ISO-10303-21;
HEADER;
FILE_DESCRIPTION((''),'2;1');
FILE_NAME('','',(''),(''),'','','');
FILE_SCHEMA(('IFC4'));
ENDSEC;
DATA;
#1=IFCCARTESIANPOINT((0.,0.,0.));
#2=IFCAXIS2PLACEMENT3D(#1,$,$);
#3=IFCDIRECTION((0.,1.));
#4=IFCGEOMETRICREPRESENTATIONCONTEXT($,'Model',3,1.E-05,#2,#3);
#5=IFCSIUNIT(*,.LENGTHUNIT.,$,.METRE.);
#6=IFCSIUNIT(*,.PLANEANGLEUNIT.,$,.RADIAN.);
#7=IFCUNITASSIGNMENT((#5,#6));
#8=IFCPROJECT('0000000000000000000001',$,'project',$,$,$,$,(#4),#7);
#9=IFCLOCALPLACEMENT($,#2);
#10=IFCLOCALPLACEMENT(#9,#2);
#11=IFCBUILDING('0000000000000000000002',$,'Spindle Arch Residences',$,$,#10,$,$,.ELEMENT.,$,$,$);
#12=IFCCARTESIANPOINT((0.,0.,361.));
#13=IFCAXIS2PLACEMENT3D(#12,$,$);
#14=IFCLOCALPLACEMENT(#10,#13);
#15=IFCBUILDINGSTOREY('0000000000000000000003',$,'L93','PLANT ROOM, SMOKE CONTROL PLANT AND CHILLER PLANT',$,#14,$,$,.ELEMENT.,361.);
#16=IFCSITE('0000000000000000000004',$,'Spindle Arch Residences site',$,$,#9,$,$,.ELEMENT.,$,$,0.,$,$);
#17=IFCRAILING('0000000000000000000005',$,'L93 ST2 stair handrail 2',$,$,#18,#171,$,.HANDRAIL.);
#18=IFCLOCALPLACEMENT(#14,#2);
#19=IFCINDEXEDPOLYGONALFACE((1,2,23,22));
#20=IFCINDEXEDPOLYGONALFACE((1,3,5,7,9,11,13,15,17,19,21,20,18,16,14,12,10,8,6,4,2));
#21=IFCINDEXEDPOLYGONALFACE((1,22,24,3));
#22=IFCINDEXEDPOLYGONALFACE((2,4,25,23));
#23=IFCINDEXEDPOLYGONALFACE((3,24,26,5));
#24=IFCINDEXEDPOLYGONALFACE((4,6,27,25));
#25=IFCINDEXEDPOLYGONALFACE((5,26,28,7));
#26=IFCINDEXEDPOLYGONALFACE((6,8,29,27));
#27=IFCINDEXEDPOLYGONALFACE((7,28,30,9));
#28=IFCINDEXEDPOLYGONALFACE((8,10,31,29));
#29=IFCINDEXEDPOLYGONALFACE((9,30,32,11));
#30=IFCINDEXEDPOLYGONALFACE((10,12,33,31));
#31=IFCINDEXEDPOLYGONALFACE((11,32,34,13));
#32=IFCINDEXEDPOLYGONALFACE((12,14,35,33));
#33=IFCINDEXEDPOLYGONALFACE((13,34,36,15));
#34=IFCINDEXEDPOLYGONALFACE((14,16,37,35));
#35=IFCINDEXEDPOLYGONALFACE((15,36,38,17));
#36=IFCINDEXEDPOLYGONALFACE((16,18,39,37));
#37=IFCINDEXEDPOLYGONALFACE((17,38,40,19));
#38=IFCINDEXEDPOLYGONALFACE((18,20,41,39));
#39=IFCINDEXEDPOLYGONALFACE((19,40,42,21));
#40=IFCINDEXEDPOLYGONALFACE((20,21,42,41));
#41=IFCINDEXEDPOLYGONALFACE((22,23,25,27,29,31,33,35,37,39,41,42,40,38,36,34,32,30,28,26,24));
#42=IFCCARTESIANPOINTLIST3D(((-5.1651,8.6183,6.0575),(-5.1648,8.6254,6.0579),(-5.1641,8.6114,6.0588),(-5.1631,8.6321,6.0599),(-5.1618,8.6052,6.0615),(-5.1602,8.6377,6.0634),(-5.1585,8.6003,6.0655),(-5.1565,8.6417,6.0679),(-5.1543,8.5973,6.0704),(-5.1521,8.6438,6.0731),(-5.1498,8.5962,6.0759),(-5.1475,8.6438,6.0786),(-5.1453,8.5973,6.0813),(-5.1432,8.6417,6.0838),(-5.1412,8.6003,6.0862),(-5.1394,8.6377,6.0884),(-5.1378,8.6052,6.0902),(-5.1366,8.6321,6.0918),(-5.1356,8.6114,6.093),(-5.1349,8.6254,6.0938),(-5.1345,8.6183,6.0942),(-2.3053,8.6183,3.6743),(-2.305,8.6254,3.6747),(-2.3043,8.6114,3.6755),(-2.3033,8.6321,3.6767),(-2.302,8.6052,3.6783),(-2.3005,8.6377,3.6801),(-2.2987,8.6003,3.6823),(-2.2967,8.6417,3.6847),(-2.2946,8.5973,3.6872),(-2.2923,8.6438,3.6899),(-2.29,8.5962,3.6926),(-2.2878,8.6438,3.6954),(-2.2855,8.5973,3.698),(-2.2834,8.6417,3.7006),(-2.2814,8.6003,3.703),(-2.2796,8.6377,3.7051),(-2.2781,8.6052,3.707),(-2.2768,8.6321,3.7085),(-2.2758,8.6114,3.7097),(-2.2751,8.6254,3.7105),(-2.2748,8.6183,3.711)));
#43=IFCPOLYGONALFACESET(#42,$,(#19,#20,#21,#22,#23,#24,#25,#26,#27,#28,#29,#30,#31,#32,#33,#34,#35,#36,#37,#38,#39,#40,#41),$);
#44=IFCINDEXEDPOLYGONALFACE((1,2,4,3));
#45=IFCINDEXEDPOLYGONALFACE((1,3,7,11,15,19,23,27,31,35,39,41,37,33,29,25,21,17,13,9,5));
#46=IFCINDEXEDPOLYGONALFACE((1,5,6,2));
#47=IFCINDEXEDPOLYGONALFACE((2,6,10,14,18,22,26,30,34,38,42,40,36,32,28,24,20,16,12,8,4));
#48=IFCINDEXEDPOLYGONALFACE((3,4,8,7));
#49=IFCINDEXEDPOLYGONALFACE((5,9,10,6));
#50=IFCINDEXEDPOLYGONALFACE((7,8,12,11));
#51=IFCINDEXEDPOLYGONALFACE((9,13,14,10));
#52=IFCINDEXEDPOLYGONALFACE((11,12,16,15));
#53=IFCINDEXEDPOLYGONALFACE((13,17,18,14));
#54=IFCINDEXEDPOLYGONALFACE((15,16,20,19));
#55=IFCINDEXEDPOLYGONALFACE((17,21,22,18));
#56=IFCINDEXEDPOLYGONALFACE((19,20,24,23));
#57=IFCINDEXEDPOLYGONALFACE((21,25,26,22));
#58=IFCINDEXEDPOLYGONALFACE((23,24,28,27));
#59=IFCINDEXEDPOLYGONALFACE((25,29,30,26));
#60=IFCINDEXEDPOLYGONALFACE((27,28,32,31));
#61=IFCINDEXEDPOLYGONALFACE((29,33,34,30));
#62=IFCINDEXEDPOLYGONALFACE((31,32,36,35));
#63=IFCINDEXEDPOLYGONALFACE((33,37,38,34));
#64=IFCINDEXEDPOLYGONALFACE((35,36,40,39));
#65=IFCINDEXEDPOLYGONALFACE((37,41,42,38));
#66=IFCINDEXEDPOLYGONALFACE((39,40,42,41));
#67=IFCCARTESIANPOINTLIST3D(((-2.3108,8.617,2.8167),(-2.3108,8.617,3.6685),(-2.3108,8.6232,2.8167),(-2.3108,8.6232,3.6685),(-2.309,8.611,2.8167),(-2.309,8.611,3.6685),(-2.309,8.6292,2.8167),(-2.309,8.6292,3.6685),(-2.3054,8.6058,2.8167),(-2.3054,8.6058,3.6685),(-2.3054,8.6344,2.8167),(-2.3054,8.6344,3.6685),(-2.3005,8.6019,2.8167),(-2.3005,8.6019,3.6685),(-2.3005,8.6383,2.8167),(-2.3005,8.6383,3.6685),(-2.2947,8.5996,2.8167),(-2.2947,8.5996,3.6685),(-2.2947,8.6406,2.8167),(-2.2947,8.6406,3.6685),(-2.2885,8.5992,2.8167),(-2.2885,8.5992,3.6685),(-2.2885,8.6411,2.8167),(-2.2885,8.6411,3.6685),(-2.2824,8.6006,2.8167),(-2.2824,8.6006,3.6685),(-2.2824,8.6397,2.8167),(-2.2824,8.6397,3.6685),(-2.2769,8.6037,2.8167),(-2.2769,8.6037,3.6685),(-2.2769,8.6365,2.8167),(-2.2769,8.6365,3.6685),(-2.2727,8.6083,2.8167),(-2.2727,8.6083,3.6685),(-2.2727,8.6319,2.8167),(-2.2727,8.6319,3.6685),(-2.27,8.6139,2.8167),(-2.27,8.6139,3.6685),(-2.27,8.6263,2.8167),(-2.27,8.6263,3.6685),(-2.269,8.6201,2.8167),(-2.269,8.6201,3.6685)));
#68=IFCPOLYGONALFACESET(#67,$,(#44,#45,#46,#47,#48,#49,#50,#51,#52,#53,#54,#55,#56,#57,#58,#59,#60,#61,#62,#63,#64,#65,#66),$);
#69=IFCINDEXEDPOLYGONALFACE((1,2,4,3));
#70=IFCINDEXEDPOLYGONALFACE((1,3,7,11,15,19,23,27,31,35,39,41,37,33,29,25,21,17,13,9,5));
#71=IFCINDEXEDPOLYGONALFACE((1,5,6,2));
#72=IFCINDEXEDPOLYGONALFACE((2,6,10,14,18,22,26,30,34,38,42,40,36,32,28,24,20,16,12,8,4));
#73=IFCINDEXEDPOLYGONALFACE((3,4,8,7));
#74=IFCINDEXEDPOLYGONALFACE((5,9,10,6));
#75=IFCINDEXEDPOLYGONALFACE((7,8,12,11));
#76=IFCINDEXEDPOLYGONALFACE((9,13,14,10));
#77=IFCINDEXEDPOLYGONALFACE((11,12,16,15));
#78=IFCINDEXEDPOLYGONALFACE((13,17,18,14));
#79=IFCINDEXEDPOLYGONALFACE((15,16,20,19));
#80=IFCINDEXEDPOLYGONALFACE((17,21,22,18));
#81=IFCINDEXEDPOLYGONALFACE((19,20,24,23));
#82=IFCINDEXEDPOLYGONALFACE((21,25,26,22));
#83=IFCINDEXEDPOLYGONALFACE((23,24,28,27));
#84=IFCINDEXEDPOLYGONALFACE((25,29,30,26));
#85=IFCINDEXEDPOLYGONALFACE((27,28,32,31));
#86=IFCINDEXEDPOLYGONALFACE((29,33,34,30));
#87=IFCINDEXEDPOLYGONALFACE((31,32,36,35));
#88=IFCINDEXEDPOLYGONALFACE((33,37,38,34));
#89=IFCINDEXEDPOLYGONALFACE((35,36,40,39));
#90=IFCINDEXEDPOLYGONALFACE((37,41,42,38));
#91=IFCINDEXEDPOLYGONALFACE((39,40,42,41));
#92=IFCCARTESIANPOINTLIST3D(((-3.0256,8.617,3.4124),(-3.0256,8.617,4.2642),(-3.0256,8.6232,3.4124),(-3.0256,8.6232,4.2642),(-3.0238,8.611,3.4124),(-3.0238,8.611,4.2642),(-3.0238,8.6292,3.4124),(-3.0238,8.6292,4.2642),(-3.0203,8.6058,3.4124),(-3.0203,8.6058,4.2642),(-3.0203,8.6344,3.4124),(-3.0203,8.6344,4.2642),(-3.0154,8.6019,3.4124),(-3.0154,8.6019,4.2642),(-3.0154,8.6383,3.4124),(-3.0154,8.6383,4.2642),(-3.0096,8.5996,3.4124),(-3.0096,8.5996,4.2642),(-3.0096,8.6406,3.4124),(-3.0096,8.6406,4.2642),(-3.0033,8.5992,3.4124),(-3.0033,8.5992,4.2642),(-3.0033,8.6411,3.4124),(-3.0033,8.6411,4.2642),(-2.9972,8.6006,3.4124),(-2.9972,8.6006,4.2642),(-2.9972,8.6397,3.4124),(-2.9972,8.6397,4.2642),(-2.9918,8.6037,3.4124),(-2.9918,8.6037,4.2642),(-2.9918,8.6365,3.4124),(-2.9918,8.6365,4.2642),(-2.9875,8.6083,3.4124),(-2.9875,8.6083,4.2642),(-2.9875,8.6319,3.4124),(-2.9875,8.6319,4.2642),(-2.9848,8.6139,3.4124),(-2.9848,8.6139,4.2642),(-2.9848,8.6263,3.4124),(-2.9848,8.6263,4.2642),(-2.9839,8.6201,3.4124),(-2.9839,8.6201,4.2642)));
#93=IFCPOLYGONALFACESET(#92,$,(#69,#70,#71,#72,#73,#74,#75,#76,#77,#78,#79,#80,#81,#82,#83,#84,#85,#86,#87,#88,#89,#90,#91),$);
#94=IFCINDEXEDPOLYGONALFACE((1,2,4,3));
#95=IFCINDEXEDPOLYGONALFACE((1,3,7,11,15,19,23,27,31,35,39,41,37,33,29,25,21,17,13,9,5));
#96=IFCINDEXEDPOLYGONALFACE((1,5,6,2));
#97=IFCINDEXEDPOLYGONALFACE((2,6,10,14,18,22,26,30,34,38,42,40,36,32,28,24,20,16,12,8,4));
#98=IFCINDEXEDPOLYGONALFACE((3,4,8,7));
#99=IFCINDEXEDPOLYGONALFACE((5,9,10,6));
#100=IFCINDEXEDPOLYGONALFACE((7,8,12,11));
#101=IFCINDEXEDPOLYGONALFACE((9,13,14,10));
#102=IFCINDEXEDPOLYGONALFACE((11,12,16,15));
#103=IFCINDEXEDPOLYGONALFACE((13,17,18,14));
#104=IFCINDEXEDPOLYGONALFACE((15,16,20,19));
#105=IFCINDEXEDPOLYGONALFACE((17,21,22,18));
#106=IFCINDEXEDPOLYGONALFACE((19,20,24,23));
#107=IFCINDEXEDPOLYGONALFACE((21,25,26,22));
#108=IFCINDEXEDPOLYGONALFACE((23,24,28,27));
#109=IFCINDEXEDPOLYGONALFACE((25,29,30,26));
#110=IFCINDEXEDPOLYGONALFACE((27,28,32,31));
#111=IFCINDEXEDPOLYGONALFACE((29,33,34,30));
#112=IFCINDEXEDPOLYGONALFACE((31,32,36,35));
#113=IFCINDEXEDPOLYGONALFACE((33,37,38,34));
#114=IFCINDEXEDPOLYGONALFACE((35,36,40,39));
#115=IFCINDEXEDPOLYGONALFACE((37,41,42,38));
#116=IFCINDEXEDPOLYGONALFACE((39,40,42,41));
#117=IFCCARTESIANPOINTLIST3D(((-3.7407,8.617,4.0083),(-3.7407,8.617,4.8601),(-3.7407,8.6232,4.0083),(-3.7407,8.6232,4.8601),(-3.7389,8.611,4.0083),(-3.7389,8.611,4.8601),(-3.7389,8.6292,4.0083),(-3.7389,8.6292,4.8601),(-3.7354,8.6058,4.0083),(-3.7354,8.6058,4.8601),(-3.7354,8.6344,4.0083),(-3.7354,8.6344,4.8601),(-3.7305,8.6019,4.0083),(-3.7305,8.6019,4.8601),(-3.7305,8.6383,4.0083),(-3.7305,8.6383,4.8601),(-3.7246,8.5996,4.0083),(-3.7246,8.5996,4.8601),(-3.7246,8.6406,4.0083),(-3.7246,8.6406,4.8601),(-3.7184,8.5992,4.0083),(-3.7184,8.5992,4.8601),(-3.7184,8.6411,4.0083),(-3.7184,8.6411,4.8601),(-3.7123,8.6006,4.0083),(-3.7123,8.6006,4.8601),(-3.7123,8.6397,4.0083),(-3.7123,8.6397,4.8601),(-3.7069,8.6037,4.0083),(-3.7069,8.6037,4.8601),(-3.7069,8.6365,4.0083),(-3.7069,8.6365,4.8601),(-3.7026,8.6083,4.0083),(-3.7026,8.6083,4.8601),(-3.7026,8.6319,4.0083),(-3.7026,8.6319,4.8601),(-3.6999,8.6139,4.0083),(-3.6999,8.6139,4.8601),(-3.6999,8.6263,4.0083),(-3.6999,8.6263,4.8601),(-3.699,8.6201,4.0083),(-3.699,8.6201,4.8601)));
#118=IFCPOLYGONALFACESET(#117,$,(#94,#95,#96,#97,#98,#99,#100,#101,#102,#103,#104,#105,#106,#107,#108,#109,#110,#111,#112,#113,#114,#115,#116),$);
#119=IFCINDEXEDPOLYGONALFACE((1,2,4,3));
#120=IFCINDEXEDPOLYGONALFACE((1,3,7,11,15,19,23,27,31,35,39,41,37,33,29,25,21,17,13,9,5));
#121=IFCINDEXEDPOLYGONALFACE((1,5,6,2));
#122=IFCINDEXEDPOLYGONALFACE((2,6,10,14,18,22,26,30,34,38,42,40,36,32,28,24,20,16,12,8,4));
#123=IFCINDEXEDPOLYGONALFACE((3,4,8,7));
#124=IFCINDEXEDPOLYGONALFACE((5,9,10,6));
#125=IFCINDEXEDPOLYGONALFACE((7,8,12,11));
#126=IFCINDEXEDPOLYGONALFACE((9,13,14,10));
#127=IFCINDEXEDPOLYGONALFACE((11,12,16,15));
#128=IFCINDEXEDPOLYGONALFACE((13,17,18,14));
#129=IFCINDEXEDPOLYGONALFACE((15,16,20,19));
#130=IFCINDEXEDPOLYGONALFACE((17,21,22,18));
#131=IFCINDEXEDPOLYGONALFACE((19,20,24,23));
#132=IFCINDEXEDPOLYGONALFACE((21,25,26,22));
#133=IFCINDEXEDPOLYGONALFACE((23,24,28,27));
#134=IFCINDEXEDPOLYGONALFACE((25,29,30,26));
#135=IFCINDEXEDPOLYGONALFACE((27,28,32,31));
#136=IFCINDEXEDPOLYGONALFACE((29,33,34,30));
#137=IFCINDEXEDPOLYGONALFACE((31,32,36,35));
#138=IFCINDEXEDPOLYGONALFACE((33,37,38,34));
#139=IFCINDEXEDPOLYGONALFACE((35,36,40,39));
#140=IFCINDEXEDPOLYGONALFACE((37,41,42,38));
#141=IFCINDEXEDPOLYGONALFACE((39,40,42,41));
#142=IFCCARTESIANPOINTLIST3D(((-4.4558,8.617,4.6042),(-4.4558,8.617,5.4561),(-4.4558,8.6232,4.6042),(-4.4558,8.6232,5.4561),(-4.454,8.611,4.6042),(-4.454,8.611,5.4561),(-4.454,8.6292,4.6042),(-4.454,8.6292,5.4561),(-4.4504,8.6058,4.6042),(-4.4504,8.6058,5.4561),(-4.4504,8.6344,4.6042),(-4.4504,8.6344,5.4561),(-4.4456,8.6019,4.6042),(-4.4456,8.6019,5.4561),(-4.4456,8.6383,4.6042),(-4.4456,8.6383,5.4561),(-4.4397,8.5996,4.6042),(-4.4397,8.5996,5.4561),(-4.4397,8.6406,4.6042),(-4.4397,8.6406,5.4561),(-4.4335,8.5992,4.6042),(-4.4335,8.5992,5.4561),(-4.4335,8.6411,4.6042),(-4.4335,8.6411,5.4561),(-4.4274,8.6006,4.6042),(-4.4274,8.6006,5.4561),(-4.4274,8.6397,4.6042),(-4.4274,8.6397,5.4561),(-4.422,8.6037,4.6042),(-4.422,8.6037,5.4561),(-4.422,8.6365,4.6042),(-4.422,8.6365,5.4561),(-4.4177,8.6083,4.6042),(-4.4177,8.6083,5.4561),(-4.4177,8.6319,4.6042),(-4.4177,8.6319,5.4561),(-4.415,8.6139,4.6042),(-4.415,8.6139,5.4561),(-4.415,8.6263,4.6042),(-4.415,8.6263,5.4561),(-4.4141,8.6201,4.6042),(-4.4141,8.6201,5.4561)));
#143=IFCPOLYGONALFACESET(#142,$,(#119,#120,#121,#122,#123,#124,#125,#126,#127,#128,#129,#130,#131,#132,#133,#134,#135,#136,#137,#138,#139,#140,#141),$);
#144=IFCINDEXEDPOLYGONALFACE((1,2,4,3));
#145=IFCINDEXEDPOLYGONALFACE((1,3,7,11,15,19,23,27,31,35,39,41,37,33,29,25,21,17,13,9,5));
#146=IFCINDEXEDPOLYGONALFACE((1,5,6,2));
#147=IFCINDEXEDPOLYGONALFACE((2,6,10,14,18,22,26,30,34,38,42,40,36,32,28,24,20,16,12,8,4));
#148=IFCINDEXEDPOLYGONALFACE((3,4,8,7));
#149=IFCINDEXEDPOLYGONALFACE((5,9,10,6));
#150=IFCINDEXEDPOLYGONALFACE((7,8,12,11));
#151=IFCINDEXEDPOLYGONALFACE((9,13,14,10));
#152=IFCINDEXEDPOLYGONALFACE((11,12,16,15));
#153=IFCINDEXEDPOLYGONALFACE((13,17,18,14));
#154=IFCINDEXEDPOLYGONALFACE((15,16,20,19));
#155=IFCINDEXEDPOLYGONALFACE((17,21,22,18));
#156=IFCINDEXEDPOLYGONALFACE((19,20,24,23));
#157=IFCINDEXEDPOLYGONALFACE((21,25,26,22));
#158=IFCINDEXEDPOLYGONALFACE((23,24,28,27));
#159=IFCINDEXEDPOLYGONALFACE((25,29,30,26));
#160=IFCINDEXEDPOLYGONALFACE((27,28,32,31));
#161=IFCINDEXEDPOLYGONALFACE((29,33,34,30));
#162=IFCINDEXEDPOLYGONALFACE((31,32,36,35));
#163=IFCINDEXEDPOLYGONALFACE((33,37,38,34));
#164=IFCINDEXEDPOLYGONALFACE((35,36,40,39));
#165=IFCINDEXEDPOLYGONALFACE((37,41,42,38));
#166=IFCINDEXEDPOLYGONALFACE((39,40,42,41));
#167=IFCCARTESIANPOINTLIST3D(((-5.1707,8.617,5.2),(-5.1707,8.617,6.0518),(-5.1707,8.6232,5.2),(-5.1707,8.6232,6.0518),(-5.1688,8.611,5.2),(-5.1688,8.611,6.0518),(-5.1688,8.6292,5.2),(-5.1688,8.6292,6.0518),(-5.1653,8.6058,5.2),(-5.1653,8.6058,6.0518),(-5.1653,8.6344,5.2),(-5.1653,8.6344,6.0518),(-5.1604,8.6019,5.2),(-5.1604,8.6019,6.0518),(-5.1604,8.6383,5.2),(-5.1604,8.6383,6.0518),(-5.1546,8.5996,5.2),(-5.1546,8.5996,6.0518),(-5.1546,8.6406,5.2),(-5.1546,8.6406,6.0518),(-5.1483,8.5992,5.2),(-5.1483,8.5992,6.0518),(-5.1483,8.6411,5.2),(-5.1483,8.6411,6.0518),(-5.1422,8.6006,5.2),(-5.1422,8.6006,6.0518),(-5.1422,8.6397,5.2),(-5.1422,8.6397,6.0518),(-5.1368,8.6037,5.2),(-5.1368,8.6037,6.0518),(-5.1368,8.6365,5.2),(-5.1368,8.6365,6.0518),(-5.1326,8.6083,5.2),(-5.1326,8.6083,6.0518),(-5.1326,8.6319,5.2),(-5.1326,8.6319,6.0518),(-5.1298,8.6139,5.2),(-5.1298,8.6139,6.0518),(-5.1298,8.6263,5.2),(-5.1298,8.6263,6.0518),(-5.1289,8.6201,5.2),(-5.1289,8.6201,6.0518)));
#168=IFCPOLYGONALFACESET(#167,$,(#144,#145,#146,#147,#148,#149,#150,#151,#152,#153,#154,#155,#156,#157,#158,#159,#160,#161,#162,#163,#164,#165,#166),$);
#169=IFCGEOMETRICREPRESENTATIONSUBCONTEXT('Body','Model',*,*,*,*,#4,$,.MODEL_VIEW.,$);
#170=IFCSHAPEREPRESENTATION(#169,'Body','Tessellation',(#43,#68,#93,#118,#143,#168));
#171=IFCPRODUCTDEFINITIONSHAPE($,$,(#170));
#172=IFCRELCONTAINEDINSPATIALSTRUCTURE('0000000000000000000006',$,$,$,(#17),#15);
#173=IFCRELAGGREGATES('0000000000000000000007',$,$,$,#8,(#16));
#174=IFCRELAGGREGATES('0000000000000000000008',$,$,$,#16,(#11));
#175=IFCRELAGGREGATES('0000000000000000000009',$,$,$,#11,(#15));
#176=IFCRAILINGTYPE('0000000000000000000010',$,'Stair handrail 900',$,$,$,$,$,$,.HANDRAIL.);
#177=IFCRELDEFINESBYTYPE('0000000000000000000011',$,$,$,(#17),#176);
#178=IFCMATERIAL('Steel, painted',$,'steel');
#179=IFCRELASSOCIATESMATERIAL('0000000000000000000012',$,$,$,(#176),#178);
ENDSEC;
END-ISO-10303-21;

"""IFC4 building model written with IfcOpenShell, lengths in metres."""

from ifc_helpers import new_model, si_unit, direction, frame, origin, origin_2d, place, context, subcontext, project, spatial, circle, extrude, material, type_object, element, save


model = new_model("IFC4")

# Units and contexts
model_context = context("Model", 3, precision=1e-05, world=origin(), true_north=direction((0.0, 1.0)))
body_context = subcontext(model_context, "Body", "Model", "MODEL_VIEW")
ifc_project = project(units=[si_unit("LENGTHUNIT", "METRE"), si_unit("PLANEANGLEUNIT", "RADIAN")], contexts=[model_context])

# Site, building, storey
site_placement = place(None, origin())
site = spatial("IfcSite", under=ifc_project, at=site_placement, Name="Spindle Arch Residences site", CompositionType="ELEMENT", RefElevation=0.0)
building_placement = place(site_placement, origin())
building = spatial("IfcBuilding", under=site, at=building_placement, Name="Spindle Arch Residences", CompositionType="ELEMENT")
storey_placement = place(building_placement, frame((0.0, 0.0, 361.0)))
storey = spatial("IfcBuildingStorey", under=building, at=storey_placement, Name="L93", Description="PLANT ROOM, SMOKE CONTROL PLANT AND CHILLER PLANT", CompositionType="ELEMENT", Elevation=361.0)

# Railing
ifc_material_1 = material(Name="Steel, painted", Category="steel")
railing_type_1 = type_object("IfcRailingType", Name="Stair handrail 900", PredefinedType="HANDRAIL", material=ifc_material_1)
railing_1_placement = place(storey_placement, frame((-2.29, 8.6201, 2.8167)))
element("IfcRailing", 1, at=railing_1_placement, inside=storey, type_object=railing_type_1, Name="L93 ST2 stair handrail 2", PredefinedType="HANDRAIL", context=body_context, shape_type="SweptSolid", body=[
    extrude(circle(Radius=0.0239, at=origin_2d()), frame((0.0, 0.0, 0.876), z_axis=(-0.768211, 0.0, 0.640197), x_axis=(0.0, -1.0, 0.0)), (0.0, 0.0, 1.0), 3.7227),
    extrude(circle(Radius=0.021, at=origin_2d()), origin(), (0.0, 0.0, 1.0), 0.8518),
    extrude(circle(Radius=0.021, at=origin_2d()), frame((-0.7148, 0.0, 0.5957)), (0.0, 0.0, 1.0), 0.8518),
    extrude(circle(Radius=0.021, at=origin_2d()), frame((-1.4299, 0.0, 1.1917)), (0.0, 0.0, 1.0), 0.8518),
    extrude(circle(Radius=0.021, at=origin_2d()), frame((-2.145, 0.0, 1.7876)), (0.0, 0.0, 1.0), 0.8518),
    extrude(circle(Radius=0.021, at=origin_2d()), frame((-2.8599, 0.0, 2.3833)), (0.0, 0.0, 1.0), 0.8518),
])

save(model, "model.ifc")
